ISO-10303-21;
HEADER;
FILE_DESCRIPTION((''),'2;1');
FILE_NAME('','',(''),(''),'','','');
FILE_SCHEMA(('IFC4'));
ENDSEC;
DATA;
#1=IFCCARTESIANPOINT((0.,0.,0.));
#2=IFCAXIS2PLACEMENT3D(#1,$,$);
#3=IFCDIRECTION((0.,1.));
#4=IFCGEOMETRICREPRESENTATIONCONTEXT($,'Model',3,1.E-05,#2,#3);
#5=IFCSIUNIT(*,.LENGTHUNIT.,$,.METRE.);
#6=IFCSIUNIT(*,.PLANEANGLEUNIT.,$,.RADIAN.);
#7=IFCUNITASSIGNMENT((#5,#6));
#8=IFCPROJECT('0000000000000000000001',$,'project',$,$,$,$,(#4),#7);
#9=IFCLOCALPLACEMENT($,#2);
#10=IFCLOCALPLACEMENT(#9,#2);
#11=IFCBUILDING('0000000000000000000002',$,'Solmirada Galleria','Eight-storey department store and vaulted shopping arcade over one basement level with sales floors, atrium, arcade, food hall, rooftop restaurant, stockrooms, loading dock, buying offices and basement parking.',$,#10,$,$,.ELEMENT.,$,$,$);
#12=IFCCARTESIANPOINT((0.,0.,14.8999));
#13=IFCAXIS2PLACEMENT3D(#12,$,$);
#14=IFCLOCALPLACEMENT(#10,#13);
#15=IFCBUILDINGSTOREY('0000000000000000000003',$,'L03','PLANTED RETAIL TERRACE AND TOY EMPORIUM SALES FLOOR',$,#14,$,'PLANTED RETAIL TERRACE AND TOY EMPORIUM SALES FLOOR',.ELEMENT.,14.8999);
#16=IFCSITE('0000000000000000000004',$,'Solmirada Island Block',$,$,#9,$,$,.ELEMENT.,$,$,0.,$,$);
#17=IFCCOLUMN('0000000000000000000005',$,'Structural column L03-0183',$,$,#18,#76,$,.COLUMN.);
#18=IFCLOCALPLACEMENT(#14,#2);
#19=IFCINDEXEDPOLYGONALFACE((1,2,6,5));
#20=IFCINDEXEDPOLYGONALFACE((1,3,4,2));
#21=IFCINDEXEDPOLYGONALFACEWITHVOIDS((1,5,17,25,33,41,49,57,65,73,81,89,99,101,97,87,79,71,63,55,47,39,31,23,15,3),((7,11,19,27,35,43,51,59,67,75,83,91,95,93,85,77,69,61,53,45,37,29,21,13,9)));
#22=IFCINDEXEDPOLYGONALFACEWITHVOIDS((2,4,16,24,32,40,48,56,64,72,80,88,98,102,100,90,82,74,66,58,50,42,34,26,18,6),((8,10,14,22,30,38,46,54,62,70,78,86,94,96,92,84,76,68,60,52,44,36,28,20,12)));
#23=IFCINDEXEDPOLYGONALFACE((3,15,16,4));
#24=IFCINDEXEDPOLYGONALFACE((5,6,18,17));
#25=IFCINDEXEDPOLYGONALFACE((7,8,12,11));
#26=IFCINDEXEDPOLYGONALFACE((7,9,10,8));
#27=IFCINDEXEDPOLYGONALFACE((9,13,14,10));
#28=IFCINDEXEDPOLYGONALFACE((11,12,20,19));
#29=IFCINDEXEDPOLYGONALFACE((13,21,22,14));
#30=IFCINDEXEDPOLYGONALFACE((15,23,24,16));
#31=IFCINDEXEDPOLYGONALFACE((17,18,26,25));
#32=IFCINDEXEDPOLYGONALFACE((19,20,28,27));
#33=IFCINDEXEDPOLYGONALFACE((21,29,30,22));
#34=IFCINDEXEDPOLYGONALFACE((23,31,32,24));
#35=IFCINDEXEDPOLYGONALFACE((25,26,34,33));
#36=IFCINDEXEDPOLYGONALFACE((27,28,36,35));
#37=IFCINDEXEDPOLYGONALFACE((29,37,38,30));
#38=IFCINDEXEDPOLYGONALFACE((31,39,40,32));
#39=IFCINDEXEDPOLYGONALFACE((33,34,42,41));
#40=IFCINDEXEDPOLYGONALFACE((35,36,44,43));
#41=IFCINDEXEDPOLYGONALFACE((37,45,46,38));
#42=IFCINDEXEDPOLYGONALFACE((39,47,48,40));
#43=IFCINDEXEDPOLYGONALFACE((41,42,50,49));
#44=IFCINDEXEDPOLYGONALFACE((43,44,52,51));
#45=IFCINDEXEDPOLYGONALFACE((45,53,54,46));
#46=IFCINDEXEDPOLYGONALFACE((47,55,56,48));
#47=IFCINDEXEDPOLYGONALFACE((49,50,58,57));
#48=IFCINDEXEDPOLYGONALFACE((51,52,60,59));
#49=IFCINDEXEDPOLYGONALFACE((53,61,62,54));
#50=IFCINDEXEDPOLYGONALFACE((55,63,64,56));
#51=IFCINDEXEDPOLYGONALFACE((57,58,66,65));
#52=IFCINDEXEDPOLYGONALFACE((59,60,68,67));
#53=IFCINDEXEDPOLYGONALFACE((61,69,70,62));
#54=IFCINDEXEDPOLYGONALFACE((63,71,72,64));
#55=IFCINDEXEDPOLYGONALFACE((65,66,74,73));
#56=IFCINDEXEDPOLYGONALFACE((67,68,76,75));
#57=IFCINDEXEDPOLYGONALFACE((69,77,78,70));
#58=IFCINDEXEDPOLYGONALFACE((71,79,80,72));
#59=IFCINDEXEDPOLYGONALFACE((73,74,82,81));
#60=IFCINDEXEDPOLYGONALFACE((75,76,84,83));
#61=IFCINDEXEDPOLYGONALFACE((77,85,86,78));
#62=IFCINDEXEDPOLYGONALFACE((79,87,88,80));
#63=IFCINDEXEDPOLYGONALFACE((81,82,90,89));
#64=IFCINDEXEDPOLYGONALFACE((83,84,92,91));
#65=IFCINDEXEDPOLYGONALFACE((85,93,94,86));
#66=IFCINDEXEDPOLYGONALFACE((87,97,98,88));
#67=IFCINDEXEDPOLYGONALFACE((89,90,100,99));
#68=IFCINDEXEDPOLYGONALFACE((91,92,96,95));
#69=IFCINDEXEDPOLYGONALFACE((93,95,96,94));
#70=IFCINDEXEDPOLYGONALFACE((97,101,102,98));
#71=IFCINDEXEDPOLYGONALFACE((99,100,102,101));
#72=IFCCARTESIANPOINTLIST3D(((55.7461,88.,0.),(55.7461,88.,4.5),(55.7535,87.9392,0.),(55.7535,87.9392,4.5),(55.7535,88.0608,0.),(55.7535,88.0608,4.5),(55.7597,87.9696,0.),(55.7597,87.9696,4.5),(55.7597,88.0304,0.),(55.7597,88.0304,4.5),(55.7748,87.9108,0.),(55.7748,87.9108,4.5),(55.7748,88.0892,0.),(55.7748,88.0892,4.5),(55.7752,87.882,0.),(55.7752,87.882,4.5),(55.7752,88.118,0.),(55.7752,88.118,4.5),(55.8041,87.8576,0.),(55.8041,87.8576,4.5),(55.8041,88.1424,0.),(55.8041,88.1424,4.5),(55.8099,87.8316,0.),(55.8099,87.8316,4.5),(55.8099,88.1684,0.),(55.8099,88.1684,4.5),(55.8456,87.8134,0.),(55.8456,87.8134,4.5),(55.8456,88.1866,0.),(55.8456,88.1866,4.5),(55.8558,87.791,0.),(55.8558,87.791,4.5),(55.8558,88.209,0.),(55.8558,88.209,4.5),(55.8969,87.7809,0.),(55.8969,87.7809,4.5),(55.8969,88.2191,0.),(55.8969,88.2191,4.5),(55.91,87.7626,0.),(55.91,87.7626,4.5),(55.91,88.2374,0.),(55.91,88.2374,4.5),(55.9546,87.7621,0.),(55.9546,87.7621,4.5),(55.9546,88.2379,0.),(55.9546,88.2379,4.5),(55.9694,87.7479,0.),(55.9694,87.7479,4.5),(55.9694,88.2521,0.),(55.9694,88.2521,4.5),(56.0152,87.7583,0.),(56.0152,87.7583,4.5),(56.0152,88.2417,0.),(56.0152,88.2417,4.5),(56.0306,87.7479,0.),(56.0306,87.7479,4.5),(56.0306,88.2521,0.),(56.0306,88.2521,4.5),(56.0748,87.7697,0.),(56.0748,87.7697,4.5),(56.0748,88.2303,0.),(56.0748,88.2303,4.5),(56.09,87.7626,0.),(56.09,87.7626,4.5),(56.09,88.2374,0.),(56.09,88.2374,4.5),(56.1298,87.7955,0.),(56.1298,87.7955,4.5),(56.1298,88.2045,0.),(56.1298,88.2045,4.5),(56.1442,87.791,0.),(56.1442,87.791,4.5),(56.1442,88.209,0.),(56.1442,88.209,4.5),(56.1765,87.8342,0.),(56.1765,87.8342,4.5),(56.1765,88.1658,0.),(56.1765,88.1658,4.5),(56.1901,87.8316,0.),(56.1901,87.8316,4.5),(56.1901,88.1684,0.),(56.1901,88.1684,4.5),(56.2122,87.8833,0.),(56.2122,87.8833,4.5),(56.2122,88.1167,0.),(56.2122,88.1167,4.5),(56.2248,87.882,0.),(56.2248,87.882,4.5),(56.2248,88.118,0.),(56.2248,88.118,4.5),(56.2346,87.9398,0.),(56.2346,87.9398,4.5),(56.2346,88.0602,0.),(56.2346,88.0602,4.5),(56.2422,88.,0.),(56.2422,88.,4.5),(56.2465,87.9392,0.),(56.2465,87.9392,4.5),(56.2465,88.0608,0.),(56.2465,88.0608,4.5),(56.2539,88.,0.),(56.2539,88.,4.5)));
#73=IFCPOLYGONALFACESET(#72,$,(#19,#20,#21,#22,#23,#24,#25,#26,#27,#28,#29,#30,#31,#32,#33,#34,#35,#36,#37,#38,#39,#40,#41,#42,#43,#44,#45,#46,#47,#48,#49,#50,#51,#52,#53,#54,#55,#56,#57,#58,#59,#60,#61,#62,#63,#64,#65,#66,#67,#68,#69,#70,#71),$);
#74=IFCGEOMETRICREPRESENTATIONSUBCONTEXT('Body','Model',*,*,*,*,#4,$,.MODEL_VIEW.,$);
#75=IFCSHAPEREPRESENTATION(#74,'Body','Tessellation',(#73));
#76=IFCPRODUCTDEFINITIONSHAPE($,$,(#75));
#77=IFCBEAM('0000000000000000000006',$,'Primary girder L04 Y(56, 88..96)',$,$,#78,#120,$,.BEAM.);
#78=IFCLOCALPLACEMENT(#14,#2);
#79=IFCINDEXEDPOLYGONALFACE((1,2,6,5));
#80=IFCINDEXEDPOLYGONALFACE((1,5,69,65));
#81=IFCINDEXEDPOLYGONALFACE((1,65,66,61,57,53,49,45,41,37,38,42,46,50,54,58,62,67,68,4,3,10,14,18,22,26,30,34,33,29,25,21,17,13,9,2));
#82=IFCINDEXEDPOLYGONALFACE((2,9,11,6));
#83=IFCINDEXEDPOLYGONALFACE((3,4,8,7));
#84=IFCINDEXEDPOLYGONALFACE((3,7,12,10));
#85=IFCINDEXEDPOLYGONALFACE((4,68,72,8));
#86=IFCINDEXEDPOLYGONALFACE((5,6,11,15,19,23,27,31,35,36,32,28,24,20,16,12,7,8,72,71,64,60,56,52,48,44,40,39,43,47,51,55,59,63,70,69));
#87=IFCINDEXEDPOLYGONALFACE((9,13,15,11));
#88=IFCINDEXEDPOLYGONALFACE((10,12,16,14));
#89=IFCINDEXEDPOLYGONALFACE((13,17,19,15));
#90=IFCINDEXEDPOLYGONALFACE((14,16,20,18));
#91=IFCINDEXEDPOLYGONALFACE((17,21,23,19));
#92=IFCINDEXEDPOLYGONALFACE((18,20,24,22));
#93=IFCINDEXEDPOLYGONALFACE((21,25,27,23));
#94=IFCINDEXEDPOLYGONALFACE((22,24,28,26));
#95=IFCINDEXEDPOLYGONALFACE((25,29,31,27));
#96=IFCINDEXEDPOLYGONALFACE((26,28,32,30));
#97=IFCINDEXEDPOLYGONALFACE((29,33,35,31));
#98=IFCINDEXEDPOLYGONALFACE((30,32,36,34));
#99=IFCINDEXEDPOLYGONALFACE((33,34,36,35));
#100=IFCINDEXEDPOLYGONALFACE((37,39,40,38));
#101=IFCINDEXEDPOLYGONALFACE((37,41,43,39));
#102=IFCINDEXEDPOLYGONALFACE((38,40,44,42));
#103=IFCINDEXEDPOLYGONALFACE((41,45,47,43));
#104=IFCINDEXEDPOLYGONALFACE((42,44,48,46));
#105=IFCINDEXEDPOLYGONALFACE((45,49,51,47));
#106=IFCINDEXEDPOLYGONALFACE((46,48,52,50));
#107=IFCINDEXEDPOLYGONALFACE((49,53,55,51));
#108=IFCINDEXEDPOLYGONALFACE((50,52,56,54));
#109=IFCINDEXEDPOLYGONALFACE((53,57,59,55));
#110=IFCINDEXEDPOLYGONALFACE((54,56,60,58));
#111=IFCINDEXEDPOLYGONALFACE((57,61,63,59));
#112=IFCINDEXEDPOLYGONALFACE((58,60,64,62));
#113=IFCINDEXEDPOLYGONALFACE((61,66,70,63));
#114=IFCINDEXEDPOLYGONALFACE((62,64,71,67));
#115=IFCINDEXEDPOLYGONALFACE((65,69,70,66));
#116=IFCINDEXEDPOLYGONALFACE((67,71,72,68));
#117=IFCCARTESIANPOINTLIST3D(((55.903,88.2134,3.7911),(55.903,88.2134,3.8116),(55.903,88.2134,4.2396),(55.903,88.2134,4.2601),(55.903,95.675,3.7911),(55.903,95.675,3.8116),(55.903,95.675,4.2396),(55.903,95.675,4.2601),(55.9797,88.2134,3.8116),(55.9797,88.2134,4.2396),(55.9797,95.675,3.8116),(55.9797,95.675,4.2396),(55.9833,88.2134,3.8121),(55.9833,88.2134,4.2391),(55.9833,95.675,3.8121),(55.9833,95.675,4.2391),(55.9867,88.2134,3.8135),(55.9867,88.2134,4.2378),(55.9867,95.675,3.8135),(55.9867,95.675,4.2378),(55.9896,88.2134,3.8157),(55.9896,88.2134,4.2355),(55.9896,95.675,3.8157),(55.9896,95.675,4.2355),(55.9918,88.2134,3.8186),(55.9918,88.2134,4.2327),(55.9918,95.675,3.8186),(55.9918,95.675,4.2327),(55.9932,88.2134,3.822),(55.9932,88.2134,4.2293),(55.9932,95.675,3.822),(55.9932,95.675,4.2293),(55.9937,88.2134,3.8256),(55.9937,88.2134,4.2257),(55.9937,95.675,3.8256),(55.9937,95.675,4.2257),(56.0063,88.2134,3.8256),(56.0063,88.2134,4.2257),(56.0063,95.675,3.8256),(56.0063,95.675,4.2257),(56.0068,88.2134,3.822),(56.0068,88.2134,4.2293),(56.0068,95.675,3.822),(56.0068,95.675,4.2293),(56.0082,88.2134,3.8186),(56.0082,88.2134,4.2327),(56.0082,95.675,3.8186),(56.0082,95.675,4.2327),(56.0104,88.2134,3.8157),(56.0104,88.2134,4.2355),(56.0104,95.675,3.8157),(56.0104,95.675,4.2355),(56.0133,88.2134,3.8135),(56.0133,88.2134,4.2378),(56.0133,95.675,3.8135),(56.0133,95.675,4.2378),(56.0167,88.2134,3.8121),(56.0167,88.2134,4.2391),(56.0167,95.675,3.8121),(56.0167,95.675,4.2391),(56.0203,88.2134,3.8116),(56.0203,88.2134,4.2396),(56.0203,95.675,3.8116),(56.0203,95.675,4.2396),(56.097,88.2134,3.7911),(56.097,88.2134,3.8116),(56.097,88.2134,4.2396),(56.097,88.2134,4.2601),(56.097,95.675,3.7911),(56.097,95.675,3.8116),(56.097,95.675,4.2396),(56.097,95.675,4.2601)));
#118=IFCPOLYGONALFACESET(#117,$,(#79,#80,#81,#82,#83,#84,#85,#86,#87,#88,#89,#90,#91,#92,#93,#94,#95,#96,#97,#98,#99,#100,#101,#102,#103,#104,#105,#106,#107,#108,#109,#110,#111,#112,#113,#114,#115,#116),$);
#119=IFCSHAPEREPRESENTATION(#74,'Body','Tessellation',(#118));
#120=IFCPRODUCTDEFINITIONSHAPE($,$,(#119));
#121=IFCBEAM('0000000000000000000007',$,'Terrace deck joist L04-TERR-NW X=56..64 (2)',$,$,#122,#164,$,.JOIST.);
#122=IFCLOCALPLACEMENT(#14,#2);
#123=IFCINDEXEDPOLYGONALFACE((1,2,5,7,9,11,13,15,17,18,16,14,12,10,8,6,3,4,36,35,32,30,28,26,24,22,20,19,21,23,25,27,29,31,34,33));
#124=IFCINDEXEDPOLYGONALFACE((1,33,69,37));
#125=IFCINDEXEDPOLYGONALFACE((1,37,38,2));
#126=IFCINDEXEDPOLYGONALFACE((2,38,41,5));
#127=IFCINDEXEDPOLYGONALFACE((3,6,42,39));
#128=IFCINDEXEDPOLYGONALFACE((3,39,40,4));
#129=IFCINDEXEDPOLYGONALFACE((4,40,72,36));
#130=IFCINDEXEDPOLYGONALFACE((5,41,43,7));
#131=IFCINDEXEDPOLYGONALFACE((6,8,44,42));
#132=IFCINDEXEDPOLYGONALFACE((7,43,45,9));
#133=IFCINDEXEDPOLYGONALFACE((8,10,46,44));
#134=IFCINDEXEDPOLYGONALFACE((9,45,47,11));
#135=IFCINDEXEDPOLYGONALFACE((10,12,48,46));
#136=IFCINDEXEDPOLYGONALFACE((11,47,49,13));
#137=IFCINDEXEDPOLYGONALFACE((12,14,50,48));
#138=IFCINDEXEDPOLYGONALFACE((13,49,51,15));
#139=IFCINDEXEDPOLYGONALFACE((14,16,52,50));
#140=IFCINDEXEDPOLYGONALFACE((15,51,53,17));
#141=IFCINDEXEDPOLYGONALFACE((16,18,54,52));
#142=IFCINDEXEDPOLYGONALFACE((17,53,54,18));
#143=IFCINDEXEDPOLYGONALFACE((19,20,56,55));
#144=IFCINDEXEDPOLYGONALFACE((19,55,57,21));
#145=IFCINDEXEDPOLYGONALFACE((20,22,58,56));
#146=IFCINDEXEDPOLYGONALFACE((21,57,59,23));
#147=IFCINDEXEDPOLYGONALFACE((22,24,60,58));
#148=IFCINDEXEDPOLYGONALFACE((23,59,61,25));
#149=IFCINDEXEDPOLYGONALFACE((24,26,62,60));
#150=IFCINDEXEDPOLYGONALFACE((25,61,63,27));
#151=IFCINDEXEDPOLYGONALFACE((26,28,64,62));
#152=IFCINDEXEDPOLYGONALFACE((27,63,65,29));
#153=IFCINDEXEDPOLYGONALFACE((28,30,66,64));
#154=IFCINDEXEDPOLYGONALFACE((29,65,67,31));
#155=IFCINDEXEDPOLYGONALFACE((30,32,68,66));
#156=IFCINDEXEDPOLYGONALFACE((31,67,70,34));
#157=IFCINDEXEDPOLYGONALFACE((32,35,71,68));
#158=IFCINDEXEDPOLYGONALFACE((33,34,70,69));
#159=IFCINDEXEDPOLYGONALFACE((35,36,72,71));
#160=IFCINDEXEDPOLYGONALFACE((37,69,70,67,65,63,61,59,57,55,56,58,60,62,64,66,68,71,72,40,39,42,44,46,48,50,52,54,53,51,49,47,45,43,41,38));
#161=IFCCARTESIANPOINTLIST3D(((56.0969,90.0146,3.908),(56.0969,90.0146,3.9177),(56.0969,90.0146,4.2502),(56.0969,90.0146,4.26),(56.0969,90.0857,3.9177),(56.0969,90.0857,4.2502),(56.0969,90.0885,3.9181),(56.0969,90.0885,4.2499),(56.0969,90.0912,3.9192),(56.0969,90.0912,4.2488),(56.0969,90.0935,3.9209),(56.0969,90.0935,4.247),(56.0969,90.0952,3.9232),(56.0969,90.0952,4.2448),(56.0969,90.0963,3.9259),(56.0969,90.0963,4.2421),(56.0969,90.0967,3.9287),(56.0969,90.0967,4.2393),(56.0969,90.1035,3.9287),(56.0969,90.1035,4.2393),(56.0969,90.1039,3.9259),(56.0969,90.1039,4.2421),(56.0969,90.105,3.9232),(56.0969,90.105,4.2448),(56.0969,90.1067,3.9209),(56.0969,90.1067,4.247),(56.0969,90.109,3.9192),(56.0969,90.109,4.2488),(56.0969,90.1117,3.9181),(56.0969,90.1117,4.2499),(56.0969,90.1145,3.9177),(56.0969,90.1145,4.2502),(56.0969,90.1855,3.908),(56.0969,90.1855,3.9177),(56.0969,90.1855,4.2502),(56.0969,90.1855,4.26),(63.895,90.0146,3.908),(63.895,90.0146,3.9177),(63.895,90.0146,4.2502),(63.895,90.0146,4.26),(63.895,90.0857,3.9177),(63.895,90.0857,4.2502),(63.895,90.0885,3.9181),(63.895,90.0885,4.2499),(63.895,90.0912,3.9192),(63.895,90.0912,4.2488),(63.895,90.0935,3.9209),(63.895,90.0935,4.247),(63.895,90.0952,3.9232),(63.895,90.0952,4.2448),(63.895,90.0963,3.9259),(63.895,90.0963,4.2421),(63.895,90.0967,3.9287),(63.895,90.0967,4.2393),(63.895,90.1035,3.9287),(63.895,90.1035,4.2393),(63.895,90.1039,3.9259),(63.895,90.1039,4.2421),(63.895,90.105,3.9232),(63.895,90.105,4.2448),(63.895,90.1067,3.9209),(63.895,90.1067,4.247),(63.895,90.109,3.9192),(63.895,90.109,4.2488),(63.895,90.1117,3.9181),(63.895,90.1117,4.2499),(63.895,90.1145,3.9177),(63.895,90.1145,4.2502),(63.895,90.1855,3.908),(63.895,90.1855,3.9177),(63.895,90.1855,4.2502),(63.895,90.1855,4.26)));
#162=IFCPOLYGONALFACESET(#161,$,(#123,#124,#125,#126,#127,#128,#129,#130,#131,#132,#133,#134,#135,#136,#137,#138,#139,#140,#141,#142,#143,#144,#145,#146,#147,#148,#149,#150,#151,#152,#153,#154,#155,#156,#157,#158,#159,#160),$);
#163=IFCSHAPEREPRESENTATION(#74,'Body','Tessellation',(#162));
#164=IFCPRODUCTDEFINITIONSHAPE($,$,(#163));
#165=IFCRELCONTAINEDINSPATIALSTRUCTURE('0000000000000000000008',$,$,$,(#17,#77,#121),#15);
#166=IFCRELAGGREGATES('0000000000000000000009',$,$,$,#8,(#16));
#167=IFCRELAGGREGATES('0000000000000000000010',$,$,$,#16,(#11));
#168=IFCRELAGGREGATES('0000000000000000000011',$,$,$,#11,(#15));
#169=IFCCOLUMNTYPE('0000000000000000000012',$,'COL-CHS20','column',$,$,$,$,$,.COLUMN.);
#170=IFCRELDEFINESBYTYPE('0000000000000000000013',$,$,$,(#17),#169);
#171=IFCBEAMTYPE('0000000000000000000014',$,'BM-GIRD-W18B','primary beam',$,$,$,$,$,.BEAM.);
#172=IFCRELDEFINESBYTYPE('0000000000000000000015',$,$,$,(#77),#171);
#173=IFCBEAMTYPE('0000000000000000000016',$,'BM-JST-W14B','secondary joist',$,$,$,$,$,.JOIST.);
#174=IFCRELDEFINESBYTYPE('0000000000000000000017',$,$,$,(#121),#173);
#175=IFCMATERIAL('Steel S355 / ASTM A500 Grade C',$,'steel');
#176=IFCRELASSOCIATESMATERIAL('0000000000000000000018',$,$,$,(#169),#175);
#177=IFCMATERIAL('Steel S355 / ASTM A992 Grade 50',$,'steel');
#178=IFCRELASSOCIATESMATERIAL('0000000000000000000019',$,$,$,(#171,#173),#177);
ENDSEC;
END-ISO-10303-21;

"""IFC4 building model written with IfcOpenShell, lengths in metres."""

from ifc_helpers import new_model, si_unit, direction, frame, origin, origin_2d, place, context, subcontext, project, spatial, hollow_circle, i_section, extrude, material, material_profile, profile_set, type_object, element, save


model = new_model("IFC4")

# Units and contexts
model_context = context("Model", 3, precision=1e-05, world=origin(), true_north=direction((0.0, 1.0)))
body_context = subcontext(model_context, "Body", "Model", "MODEL_VIEW")
ifc_project = project(units=[si_unit("LENGTHUNIT", "METRE"), si_unit("PLANEANGLEUNIT", "RADIAN")], contexts=[model_context])

# Site, building, storey
site_placement = place(None, origin())
site = spatial("IfcSite", under=ifc_project, at=site_placement, Name="Solmirada Island Block", CompositionType="ELEMENT", RefElevation=0.0)
building_placement = place(site_placement, origin())
building = spatial("IfcBuilding", under=site, at=building_placement, Name="Solmirada Galleria", Description="Eight-storey department store and vaulted shopping arcade over one basement level with sales floors, atrium, arcade, food hall, rooftop restaurant, stockrooms, loading dock, buying offices and basement parking.", CompositionType="ELEMENT")
storey_placement = place(building_placement, frame((0.0, 0.0, 14.8999)))
storey = spatial("IfcBuildingStorey", under=building, at=storey_placement, Name="L03", Description="PLANTED RETAIL TERRACE AND TOY EMPORIUM SALES FLOOR", LongName="PLANTED RETAIL TERRACE AND TOY EMPORIUM SALES FLOOR", CompositionType="ELEMENT", Elevation=14.8999)

# Column
ifc_material_1 = material(Name="Steel S355 / ASTM A500 Grade C", Category="steel")
ifc_material_profile_1 = material_profile(ifc_material_1, hollow_circle(Radius=0.2539, WallThickness=0.0117, at=origin_2d()), Name="HSS20.000X0.500")
ifc_profile_set_1 = profile_set([ifc_material_profile_1], Name="Steel S355 / ASTM A500 Grade C")
column_type = type_object("IfcColumnType", Name="COL-CHS20", Description="column", PredefinedType="COLUMN", material=ifc_profile_set_1)
column_placement = place(storey_placement, frame((56.0, 88.0, 0.0), z_axis=(0.0, 0.0, 1.0), x_axis=(1.0, 0.0, 0.0)))
element("IfcColumn", 1, at=column_placement, inside=storey, type_object=column_type, Name="Structural column L03-0183", PredefinedType="COLUMN", context=body_context, shape_type="SweptSolid", body=[
    extrude(hollow_circle(Radius=0.2539, WallThickness=0.0117, at=origin_2d()), origin(), (0.0, 0.0, 1.0), 4.5),
])

# Beams
ifc_material_2 = material(Name="Steel S355 / ASTM A992 Grade 50", Category="steel")
ifc_material_profile_2 = material_profile(ifc_material_2, i_section(OverallWidth=0.1941, OverallDepth=0.469, WebThickness=0.0127, FlangeThickness=0.0205, FilletRadius=0.0139, at=origin_2d()), Name="W18X71")
ifc_profile_set_2 = profile_set([ifc_material_profile_2], Name="Steel S355 / ASTM A992 Grade 50")
beam_type_1 = type_object("IfcBeamType", Name="BM-GIRD-W18B", Description="primary beam", PredefinedType="BEAM", material=ifc_profile_set_2)
beam_1_placement = place(storey_placement, frame((56.0, 88.2134, 4.0256), z_axis=(0.0, 1.0, 0.0), x_axis=(-1.0, 0.0, 0.0)))
element("IfcBeam", 2, at=beam_1_placement, inside=storey, type_object=beam_type_1, Name="Primary girder L04 Y(56, 88..96)", PredefinedType="BEAM", context=body_context, shape_type="SweptSolid", body=[
    extrude(i_section(OverallWidth=0.1941, OverallDepth=0.469, WebThickness=0.0127, FlangeThickness=0.0205, FilletRadius=0.0139, at=origin_2d()), origin(), (0.0, 0.0, 1.0), 7.4617),
])
ifc_material_profile_3 = material_profile(ifc_material_2, i_section(OverallWidth=0.1709, OverallDepth=0.3521, WebThickness=0.0068, FlangeThickness=0.0098, FilletRadius=0.011, at=origin_2d()), Name="W14X30")
ifc_profile_set_3 = profile_set([ifc_material_profile_3], Name="Steel S355 / ASTM A992 Grade 50")
beam_type_2 = type_object("IfcBeamType", Name="BM-JST-W14B", Description="secondary joist", PredefinedType="JOIST", material=ifc_profile_set_3)
beam_2_placement = place(storey_placement, frame((56.0969, 90.1001, 4.084), z_axis=(1.0, 0.0, 0.0), x_axis=(0.0, 1.0, 0.0)))
element("IfcBeam", 3, at=beam_2_placement, inside=storey, type_object=beam_type_2, Name="Terrace deck joist L04-TERR-NW X=56..64 (2)", PredefinedType="JOIST", context=body_context, shape_type="SweptSolid", body=[
    extrude(i_section(OverallWidth=0.1709, OverallDepth=0.3521, WebThickness=0.0068, FlangeThickness=0.0098, FilletRadius=0.011, at=origin_2d()), origin(), (0.0, 0.0, 1.0), 7.7981),
])

save(model, "model.ifc")
